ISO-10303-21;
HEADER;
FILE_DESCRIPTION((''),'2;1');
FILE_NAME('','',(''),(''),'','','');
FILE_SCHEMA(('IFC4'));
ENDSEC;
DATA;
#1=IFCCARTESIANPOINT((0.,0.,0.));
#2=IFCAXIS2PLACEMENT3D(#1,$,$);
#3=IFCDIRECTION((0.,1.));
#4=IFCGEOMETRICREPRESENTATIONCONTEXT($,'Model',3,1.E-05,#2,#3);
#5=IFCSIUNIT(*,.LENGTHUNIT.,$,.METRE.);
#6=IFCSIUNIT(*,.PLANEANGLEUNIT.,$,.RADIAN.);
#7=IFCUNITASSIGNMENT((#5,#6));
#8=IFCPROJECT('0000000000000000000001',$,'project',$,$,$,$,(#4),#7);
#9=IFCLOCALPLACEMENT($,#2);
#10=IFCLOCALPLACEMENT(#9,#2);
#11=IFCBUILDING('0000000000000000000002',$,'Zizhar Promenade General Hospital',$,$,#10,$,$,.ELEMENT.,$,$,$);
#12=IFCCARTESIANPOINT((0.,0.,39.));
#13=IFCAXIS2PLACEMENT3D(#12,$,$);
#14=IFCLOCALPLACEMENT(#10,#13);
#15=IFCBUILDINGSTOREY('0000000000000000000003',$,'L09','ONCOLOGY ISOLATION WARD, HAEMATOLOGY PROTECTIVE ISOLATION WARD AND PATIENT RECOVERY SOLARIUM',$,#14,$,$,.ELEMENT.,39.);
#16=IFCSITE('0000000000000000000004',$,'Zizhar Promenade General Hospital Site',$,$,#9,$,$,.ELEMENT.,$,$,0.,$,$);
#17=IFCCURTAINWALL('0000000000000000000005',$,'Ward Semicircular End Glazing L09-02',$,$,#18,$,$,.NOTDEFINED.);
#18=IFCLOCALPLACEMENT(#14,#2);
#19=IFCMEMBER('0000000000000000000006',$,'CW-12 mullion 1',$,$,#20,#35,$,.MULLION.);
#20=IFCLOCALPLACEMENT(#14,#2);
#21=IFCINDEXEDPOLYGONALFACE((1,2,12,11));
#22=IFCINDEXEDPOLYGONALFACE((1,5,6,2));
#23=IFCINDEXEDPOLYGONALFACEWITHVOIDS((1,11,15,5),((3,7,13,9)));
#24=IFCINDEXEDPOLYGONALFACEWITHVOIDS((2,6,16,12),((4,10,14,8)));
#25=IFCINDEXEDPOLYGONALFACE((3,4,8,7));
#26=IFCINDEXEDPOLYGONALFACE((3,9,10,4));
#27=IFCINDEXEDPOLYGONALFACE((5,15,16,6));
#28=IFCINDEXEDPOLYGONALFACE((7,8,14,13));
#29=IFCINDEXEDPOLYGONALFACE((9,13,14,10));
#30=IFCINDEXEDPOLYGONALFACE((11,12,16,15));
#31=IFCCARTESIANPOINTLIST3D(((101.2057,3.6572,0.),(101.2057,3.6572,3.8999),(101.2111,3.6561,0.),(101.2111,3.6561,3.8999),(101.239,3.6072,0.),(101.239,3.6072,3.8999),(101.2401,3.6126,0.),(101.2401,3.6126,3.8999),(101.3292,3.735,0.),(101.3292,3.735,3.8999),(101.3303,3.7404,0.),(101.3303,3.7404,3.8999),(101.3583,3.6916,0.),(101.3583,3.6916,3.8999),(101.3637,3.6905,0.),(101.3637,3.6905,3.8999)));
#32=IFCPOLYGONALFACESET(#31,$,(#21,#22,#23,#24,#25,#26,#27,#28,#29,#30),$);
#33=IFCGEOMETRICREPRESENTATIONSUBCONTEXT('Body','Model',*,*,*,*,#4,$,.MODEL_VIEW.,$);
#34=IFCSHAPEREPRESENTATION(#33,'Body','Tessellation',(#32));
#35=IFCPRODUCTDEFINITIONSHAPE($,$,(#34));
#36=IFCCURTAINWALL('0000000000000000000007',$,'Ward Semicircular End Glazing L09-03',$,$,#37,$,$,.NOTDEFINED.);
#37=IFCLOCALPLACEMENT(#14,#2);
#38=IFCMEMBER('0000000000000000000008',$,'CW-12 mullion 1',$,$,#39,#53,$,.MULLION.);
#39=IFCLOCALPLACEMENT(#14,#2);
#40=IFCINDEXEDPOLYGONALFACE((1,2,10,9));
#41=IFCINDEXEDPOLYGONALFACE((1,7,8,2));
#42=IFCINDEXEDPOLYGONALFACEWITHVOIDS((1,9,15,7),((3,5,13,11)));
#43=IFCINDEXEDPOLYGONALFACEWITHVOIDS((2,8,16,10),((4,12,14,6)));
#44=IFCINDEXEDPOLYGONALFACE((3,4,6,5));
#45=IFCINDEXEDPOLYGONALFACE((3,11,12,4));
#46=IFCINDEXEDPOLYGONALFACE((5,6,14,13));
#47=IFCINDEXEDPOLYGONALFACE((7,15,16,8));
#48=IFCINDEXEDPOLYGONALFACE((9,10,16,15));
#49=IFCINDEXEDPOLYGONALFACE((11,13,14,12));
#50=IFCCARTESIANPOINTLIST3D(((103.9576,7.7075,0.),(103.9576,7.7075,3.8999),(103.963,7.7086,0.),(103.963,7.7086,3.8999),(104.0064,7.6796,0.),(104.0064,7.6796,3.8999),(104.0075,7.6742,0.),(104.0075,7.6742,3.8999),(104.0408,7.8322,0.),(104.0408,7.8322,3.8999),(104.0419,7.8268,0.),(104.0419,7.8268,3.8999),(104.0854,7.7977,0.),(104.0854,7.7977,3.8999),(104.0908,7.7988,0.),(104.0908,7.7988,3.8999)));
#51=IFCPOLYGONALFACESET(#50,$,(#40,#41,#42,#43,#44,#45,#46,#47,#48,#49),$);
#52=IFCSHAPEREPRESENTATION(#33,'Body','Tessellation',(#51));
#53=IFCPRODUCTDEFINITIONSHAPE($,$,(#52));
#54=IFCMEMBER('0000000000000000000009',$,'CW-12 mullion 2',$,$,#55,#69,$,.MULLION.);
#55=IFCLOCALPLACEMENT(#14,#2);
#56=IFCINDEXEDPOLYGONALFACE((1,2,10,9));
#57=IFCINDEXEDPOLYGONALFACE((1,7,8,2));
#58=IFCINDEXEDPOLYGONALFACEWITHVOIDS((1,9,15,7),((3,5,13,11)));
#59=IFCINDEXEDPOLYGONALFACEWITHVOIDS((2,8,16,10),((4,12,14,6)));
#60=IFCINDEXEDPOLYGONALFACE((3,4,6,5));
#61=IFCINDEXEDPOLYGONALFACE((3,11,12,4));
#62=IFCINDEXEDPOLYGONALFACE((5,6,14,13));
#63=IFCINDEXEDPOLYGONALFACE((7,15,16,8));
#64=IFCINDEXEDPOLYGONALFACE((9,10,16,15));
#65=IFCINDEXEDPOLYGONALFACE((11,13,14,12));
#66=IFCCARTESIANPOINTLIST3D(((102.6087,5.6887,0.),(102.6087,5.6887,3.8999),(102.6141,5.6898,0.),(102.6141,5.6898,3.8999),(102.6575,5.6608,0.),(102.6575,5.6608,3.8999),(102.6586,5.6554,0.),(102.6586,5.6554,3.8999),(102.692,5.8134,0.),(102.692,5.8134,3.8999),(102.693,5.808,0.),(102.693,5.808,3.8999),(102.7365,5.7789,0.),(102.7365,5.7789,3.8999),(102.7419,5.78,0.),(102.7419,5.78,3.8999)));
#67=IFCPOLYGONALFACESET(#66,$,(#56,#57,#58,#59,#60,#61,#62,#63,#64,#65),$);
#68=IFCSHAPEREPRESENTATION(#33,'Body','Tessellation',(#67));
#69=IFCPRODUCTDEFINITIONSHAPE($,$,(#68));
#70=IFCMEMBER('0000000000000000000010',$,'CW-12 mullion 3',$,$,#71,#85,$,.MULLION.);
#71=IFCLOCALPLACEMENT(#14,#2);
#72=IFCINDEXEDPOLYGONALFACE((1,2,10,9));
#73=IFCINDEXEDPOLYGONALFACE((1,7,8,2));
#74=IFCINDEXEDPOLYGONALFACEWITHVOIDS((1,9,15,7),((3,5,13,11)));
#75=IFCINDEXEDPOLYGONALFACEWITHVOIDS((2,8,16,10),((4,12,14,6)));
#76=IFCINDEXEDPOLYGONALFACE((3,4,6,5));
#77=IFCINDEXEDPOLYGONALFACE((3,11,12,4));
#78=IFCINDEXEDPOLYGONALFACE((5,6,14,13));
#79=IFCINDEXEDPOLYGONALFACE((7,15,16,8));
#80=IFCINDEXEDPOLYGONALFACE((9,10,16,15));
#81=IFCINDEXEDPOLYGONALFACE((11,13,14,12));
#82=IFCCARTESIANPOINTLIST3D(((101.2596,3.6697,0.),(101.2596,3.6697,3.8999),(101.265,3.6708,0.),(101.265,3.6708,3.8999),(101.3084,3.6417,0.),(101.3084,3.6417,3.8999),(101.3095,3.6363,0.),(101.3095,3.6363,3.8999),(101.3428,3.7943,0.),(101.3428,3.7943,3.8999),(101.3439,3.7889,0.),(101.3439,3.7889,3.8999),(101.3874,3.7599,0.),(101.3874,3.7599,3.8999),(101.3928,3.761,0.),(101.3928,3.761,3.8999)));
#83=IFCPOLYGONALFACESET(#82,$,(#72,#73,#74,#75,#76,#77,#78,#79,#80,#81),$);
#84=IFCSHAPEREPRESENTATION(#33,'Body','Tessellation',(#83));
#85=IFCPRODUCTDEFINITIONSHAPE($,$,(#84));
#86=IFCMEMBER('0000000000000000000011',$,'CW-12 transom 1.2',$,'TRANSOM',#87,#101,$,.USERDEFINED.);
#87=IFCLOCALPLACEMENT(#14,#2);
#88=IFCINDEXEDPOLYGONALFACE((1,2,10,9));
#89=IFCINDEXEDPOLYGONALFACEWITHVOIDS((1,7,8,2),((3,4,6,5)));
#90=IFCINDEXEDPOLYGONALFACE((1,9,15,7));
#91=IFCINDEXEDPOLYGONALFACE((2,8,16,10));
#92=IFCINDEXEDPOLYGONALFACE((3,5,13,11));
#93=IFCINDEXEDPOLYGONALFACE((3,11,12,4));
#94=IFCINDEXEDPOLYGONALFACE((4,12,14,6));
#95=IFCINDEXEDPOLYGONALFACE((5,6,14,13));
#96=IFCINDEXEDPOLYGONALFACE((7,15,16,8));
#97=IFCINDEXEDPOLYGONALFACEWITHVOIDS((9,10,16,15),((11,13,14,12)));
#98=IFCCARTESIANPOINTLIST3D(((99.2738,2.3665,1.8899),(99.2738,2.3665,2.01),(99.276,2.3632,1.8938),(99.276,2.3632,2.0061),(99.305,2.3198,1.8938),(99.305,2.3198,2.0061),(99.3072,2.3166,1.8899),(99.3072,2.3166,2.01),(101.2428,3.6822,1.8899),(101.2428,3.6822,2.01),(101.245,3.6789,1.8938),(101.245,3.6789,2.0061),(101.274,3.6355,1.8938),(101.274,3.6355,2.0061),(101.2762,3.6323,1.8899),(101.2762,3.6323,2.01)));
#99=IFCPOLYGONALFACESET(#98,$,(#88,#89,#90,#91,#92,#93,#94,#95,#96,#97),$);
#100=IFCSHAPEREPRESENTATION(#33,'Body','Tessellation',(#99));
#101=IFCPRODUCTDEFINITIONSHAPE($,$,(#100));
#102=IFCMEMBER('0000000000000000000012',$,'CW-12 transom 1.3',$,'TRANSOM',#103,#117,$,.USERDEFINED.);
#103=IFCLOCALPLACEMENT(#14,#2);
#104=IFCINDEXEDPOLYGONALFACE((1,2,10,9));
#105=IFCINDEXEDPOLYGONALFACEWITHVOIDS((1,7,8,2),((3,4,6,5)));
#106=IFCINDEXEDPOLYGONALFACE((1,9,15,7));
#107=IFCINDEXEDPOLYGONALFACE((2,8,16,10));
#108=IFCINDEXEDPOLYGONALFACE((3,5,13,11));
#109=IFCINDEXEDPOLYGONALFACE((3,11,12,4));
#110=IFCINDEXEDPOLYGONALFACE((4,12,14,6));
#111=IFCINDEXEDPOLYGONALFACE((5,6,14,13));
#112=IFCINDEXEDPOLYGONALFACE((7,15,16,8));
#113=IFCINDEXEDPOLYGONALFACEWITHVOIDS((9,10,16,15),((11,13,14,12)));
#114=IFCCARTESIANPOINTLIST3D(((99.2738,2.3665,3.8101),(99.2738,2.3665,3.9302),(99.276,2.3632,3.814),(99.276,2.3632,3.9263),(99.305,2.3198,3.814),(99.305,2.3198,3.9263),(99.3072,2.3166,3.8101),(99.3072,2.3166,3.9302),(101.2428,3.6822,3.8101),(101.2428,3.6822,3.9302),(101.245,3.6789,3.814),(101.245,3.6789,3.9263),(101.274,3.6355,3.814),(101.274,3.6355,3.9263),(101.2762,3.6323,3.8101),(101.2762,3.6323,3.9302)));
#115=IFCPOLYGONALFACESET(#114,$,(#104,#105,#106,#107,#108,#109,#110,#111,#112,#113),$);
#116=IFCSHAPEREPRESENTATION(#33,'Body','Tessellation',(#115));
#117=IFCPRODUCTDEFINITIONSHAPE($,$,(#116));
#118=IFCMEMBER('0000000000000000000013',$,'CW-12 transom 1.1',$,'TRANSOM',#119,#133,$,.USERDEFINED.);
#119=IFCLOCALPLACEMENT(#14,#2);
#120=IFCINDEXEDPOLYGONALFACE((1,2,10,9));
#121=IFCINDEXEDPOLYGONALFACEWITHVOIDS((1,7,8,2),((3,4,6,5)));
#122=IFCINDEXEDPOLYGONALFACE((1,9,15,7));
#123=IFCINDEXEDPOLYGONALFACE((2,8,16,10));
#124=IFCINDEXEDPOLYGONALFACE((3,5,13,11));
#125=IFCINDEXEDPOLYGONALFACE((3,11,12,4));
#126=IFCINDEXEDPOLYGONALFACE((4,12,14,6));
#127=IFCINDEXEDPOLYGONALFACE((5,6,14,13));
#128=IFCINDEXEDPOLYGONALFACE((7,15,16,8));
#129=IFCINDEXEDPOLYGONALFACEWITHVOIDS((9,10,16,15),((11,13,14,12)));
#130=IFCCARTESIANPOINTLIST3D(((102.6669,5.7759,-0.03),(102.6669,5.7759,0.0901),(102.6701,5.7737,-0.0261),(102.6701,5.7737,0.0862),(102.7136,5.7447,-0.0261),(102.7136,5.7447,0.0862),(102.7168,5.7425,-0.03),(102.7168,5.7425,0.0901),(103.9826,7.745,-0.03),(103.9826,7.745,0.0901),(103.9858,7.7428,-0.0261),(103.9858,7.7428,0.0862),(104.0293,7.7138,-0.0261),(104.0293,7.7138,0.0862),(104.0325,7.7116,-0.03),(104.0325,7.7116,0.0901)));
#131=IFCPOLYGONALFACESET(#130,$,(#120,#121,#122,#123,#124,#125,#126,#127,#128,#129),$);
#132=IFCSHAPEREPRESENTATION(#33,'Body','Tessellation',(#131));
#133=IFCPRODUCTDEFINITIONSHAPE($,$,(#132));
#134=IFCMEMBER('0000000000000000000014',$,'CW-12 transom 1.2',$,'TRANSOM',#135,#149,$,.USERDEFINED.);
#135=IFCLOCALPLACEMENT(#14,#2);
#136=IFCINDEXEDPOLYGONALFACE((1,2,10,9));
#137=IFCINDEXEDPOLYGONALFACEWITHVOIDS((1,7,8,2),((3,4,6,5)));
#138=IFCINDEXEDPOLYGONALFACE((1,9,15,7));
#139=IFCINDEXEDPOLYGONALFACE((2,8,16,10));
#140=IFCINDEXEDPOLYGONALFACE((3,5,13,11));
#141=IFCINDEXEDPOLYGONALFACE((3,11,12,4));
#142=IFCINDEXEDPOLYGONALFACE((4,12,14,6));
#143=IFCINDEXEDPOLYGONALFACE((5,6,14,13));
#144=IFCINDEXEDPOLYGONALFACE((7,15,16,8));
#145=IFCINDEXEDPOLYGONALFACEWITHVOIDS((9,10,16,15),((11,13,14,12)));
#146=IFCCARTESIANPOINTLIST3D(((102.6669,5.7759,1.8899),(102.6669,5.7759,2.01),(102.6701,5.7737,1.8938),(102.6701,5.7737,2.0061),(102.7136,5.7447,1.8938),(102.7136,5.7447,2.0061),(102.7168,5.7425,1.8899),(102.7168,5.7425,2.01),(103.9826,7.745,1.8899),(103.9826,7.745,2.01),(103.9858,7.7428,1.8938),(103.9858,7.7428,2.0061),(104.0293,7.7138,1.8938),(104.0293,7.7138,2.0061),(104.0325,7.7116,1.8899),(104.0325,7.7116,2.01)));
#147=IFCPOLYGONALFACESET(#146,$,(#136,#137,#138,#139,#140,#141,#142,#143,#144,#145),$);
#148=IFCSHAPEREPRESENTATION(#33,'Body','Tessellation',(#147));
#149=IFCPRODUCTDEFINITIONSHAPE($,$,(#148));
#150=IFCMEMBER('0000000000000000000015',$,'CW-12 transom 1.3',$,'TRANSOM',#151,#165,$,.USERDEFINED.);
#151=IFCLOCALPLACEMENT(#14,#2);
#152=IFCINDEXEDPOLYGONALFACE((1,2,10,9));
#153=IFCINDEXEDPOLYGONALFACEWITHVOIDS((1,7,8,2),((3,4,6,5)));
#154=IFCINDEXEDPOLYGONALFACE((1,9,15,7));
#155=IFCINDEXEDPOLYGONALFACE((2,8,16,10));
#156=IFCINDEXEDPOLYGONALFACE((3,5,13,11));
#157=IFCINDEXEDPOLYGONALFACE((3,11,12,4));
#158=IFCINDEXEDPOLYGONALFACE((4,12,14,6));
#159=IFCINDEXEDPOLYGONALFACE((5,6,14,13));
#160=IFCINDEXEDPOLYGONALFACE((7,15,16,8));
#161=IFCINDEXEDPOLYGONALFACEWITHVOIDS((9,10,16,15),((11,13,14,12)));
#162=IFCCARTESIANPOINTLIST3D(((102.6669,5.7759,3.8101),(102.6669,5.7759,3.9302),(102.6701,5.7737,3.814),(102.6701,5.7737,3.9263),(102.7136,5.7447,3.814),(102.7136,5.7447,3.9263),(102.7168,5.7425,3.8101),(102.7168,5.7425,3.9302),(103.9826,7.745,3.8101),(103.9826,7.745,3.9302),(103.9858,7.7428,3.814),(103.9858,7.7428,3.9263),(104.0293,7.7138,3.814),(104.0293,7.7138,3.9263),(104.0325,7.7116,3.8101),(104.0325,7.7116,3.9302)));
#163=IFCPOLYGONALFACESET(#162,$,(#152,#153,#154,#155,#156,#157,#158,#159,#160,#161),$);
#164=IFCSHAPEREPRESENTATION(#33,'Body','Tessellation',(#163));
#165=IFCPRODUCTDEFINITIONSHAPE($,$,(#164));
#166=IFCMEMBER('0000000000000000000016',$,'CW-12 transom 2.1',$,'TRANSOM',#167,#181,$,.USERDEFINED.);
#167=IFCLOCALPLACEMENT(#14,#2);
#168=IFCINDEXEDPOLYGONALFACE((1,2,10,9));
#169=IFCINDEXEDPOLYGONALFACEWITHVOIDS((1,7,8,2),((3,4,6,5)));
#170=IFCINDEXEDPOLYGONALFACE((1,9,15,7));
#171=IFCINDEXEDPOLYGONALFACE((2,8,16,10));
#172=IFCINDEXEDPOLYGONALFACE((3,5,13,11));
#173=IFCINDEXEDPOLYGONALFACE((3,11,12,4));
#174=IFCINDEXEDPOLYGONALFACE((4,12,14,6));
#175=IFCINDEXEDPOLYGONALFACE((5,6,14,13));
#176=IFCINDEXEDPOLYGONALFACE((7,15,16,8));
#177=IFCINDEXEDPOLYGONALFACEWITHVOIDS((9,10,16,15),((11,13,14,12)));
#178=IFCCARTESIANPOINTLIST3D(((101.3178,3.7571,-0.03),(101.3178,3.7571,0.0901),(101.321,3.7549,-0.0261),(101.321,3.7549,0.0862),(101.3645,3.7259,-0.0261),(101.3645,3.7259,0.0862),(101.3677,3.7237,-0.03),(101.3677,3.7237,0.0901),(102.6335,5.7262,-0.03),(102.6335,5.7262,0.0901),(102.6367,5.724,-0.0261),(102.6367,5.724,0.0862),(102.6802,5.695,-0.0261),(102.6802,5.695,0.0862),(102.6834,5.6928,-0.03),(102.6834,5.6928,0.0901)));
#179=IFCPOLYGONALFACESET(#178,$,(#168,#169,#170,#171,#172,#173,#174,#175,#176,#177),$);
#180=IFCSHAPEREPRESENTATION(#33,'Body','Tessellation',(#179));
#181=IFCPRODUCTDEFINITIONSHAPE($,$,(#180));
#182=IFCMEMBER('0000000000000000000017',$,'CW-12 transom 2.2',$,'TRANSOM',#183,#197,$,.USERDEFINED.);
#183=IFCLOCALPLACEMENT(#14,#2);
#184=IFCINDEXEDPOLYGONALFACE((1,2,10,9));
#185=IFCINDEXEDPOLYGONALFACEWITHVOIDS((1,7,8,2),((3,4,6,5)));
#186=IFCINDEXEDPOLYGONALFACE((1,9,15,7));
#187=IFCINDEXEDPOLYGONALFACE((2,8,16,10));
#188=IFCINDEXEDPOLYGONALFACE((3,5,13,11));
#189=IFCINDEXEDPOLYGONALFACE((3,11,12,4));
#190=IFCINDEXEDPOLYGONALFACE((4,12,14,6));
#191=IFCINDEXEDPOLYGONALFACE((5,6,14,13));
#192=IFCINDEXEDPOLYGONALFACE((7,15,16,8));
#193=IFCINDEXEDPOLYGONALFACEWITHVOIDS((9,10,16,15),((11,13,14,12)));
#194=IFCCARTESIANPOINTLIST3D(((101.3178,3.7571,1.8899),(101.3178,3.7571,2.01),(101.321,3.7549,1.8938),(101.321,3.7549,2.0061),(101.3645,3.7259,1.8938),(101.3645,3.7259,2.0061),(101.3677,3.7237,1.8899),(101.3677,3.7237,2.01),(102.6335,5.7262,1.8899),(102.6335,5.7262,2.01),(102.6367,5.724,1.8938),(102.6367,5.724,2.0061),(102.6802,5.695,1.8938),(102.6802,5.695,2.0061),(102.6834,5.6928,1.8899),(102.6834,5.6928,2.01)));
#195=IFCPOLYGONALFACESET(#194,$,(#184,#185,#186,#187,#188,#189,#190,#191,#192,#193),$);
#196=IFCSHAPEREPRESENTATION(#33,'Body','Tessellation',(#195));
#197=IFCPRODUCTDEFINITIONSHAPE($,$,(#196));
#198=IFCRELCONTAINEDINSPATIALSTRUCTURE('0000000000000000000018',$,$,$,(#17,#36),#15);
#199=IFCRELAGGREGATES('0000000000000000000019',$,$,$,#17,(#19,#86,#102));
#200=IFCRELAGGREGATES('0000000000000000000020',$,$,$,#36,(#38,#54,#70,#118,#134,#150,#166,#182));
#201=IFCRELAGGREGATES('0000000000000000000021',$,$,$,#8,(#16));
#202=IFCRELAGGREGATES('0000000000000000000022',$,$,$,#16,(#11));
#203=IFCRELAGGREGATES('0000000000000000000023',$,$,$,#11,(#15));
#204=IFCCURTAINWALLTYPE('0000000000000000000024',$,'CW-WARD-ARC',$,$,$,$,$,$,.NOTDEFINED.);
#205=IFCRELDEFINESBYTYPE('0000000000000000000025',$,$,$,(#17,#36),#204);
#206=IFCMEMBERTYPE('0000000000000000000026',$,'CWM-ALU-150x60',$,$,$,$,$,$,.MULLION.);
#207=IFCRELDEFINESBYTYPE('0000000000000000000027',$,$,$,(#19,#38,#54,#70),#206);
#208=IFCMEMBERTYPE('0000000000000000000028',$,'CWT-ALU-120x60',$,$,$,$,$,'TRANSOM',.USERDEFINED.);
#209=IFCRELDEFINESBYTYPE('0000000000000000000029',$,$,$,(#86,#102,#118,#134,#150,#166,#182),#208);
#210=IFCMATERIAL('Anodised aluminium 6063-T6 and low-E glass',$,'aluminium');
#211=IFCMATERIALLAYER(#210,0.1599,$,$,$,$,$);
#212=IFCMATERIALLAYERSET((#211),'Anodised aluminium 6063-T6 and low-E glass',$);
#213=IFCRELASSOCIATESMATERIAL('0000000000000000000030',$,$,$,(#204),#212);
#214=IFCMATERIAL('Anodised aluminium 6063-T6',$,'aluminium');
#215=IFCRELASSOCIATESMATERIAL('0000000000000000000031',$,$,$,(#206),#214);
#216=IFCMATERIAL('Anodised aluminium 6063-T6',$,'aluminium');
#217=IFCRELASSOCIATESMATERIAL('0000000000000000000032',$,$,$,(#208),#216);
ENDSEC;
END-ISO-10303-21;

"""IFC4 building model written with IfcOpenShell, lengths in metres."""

from ifc_helpers import new_model, si_unit, direction, frame, origin, origin_2d, place, context, subcontext, project, spatial, hollow_rectangle, extrude, material, layer, layer_set, material_profile, profile_set, type_object, element, aggregate, save


model = new_model("IFC4")

# Units and contexts
model_context = context("Model", 3, precision=1e-05, world=origin(), true_north=direction((0.0, 1.0)))
body_context = subcontext(model_context, "Body", "Model", "MODEL_VIEW")
ifc_project = project(units=[si_unit("LENGTHUNIT", "METRE"), si_unit("PLANEANGLEUNIT", "RADIAN")], contexts=[model_context])

# Site, building, storey
site_placement = place(None, origin())
site = spatial("IfcSite", under=ifc_project, at=site_placement, Name="Zizhar Promenade General Hospital Site", CompositionType="ELEMENT", RefElevation=0.0)
building_placement = place(site_placement, origin())
building = spatial("IfcBuilding", under=site, at=building_placement, Name="Zizhar Promenade General Hospital", CompositionType="ELEMENT")
storey_placement = place(building_placement, frame((0.0, 0.0, 39.0)))
storey = spatial("IfcBuildingStorey", under=building, at=storey_placement, Name="L09", Description="ONCOLOGY ISOLATION WARD, HAEMATOLOGY PROTECTIVE ISOLATION WARD AND PATIENT RECOVERY SOLARIUM", CompositionType="ELEMENT", Elevation=39.0)

# Curtain wall, member
ifc_material_1 = material(Name="Anodised aluminium 6063-T6 and low-E glass", Category="aluminium")
ifc_layer_1 = layer(ifc_material_1, 0.1599)
ifc_layer_set_1 = layer_set([ifc_layer_1], Name="Anodised aluminium 6063-T6 and low-E glass")
curtain_wall_type = type_object("IfcCurtainWallType", Name="CW-WARD-ARC", PredefinedType="NOTDEFINED", material=ifc_layer_set_1)
curtain_wall_1_placement = place(storey_placement, origin())
curtain_wall_1 = element("IfcCurtainWall", 1, at=curtain_wall_1_placement, inside=storey, type_object=curtain_wall_type, Name="Ward Semicircular End Glazing L09-02", PredefinedType="NOTDEFINED")
ifc_material_2 = material(Name="Anodised aluminium 6063-T6", Category="aluminium")
ifc_material_profile_1 = material_profile(ifc_material_2, hollow_rectangle(XDim=0.0601, YDim=0.1499, WallThickness=0.0039, at=origin_2d()))
ifc_profile_set_1 = profile_set([ifc_material_profile_1], Name="Anodised aluminium 6063-T6")
member_type_1 = type_object("IfcMemberType", Name="CWM-ALU-150x60", PredefinedType="MULLION", material=ifc_profile_set_1)
member_1_placement = place(storey_placement, frame((101.2847, 3.6738, 0.0), z_axis=(0.0, 0.0, 1.0), x_axis=(0.555582, -0.831462, 0.0)))
member_1 = element("IfcMember", 2, at=member_1_placement, type_object=member_type_1, Name="CW-12 mullion 1", PredefinedType="MULLION", context=body_context, shape_type="SweptSolid", body=[
    extrude(hollow_rectangle(XDim=0.0601, YDim=0.1499, WallThickness=0.0039, at=origin_2d()), origin(), (0.0, 0.0, 1.0), 3.8999),
])

# Curtain wall, members
curtain_wall_2_placement = place(storey_placement, origin())
curtain_wall_2 = element("IfcCurtainWall", 3, at=curtain_wall_2_placement, inside=storey, type_object=curtain_wall_type, Name="Ward Semicircular End Glazing L09-03", PredefinedType="NOTDEFINED")
member_2_placement = place(storey_placement, frame((104.0242, 7.7532, 0.0), z_axis=(0.0, 0.0, 1.0), x_axis=(0.831462, -0.555582, 0.0)))
member_2 = element("IfcMember", 4, at=member_2_placement, type_object=member_type_1, Name="CW-12 mullion 1", PredefinedType="MULLION", context=body_context, shape_type="SweptSolid", body=[
    extrude(hollow_rectangle(XDim=0.0601, YDim=0.1499, WallThickness=0.0039, at=origin_2d()), origin(), (0.0, 0.0, 1.0), 3.8999),
])
member_3_placement = place(storey_placement, frame((102.6753, 5.7344, 0.0), z_axis=(0.0, 0.0, 1.0), x_axis=(0.831462, -0.555582, 0.0)))
member_3 = element("IfcMember", 5, at=member_3_placement, type_object=member_type_1, Name="CW-12 mullion 2", PredefinedType="MULLION", context=body_context, shape_type="SweptSolid", body=[
    extrude(hollow_rectangle(XDim=0.0601, YDim=0.1499, WallThickness=0.0039, at=origin_2d()), origin(), (0.0, 0.0, 1.0), 3.8999),
])
member_4_placement = place(storey_placement, frame((101.3262, 3.7153, 0.0), z_axis=(0.0, 0.0, 1.0), x_axis=(0.831462, -0.555582, 0.0)))
member_4 = element("IfcMember", 6, at=member_4_placement, type_object=member_type_1, Name="CW-12 mullion 3", PredefinedType="MULLION", context=body_context, shape_type="SweptSolid", body=[
    extrude(hollow_rectangle(XDim=0.0601, YDim=0.1499, WallThickness=0.0039, at=origin_2d()), origin(), (0.0, 0.0, 1.0), 3.8999),
])

# Members
ifc_material_3 = material(Name="Anodised aluminium 6063-T6", Category="aluminium")
ifc_material_profile_2 = material_profile(ifc_material_3, hollow_rectangle(XDim=0.0601, YDim=0.1201, WallThickness=0.0039, at=origin_2d()))
ifc_profile_set_2 = profile_set([ifc_material_profile_2], Name="Anodised aluminium 6063-T6")
member_type_2 = type_object("IfcMemberType", Name="CWT-ALU-120x60", ElementType="TRANSOM", PredefinedType="USERDEFINED", material=ifc_profile_set_2)
member_5_placement = place(storey_placement, frame((101.2595, 3.6572, 1.95), z_axis=(-0.831463, -0.55558, 0.0), x_axis=(0.55558, -0.831463, 0.0)))
member_5 = element("IfcMember", 7, at=member_5_placement, type_object=member_type_2, Name="CW-12 transom 1.2", ObjectType="TRANSOM", PredefinedType="USERDEFINED", context=body_context, shape_type="SweptSolid", body=[
    extrude(hollow_rectangle(XDim=0.0601, YDim=0.1201, WallThickness=0.0039, at=origin_2d()), origin(), (0.0, 0.0, 1.0), 2.3682),
])
member_6_placement = place(storey_placement, frame((101.2595, 3.6572, 3.8701), z_axis=(-0.831463, -0.55558, 0.0), x_axis=(0.55558, -0.831463, 0.0)))
member_6 = element("IfcMember", 8, at=member_6_placement, type_object=member_type_2, Name="CW-12 transom 1.3", ObjectType="TRANSOM", PredefinedType="USERDEFINED", context=body_context, shape_type="SweptSolid", body=[
    extrude(hollow_rectangle(XDim=0.0601, YDim=0.1201, WallThickness=0.0039, at=origin_2d()), origin(), (0.0, 0.0, 1.0), 2.3682),
])
aggregate(curtain_wall_1, [member_1, member_5, member_6])
member_7_placement = place(storey_placement, frame((104.0076, 7.7283, 0.03), z_axis=(-0.55558, -0.831463, 0.0), x_axis=(0.831463, -0.55558, 0.0)))
member_7 = element("IfcMember", 9, at=member_7_placement, type_object=member_type_2, Name="CW-12 transom 1.1", ObjectType="TRANSOM", PredefinedType="USERDEFINED", context=body_context, shape_type="SweptSolid", body=[
    extrude(hollow_rectangle(XDim=0.0601, YDim=0.1201, WallThickness=0.0039, at=origin_2d()), origin(), (0.0, 0.0, 1.0), 2.3682),
])
member_8_placement = place(storey_placement, frame((104.0076, 7.7283, 1.95), z_axis=(-0.55558, -0.831463, 0.0), x_axis=(0.831463, -0.55558, 0.0)))
member_8 = element("IfcMember", 10, at=member_8_placement, type_object=member_type_2, Name="CW-12 transom 1.2", ObjectType="TRANSOM", PredefinedType="USERDEFINED", context=body_context, shape_type="SweptSolid", body=[
    extrude(hollow_rectangle(XDim=0.0601, YDim=0.1201, WallThickness=0.0039, at=origin_2d()), origin(), (0.0, 0.0, 1.0), 2.3682),
])
member_9_placement = place(storey_placement, frame((104.0076, 7.7283, 3.8701), z_axis=(-0.55558, -0.831463, 0.0), x_axis=(0.831463, -0.55558, 0.0)))
member_9 = element("IfcMember", 11, at=member_9_placement, type_object=member_type_2, Name="CW-12 transom 1.3", ObjectType="TRANSOM", PredefinedType="USERDEFINED", context=body_context, shape_type="SweptSolid", body=[
    extrude(hollow_rectangle(XDim=0.0601, YDim=0.1201, WallThickness=0.0039, at=origin_2d()), origin(), (0.0, 0.0, 1.0), 2.3682),
])
member_10_placement = place(storey_placement, frame((102.6584, 5.7095, 0.03), z_axis=(-0.55558, -0.831463, 0.0), x_axis=(0.831463, -0.55558, 0.0)))
member_10 = element("IfcMember", 12, at=member_10_placement, type_object=member_type_2, Name="CW-12 transom 2.1", ObjectType="TRANSOM", PredefinedType="USERDEFINED", context=body_context, shape_type="SweptSolid", body=[
    extrude(hollow_rectangle(XDim=0.0601, YDim=0.1201, WallThickness=0.0039, at=origin_2d()), origin(), (0.0, 0.0, 1.0), 2.3682),
])
member_11_placement = place(storey_placement, frame((102.6584, 5.7095, 1.95), z_axis=(-0.55558, -0.831463, 0.0), x_axis=(0.831463, -0.55558, 0.0)))
member_11 = element("IfcMember", 13, at=member_11_placement, type_object=member_type_2, Name="CW-12 transom 2.2", ObjectType="TRANSOM", PredefinedType="USERDEFINED", context=body_context, shape_type="SweptSolid", body=[
    extrude(hollow_rectangle(XDim=0.0601, YDim=0.1201, WallThickness=0.0039, at=origin_2d()), origin(), (0.0, 0.0, 1.0), 2.3682),
])

aggregate(curtain_wall_2, [member_2, member_3, member_4, member_7, member_8, member_9, member_10, member_11])

save(model, "model.ifc")
